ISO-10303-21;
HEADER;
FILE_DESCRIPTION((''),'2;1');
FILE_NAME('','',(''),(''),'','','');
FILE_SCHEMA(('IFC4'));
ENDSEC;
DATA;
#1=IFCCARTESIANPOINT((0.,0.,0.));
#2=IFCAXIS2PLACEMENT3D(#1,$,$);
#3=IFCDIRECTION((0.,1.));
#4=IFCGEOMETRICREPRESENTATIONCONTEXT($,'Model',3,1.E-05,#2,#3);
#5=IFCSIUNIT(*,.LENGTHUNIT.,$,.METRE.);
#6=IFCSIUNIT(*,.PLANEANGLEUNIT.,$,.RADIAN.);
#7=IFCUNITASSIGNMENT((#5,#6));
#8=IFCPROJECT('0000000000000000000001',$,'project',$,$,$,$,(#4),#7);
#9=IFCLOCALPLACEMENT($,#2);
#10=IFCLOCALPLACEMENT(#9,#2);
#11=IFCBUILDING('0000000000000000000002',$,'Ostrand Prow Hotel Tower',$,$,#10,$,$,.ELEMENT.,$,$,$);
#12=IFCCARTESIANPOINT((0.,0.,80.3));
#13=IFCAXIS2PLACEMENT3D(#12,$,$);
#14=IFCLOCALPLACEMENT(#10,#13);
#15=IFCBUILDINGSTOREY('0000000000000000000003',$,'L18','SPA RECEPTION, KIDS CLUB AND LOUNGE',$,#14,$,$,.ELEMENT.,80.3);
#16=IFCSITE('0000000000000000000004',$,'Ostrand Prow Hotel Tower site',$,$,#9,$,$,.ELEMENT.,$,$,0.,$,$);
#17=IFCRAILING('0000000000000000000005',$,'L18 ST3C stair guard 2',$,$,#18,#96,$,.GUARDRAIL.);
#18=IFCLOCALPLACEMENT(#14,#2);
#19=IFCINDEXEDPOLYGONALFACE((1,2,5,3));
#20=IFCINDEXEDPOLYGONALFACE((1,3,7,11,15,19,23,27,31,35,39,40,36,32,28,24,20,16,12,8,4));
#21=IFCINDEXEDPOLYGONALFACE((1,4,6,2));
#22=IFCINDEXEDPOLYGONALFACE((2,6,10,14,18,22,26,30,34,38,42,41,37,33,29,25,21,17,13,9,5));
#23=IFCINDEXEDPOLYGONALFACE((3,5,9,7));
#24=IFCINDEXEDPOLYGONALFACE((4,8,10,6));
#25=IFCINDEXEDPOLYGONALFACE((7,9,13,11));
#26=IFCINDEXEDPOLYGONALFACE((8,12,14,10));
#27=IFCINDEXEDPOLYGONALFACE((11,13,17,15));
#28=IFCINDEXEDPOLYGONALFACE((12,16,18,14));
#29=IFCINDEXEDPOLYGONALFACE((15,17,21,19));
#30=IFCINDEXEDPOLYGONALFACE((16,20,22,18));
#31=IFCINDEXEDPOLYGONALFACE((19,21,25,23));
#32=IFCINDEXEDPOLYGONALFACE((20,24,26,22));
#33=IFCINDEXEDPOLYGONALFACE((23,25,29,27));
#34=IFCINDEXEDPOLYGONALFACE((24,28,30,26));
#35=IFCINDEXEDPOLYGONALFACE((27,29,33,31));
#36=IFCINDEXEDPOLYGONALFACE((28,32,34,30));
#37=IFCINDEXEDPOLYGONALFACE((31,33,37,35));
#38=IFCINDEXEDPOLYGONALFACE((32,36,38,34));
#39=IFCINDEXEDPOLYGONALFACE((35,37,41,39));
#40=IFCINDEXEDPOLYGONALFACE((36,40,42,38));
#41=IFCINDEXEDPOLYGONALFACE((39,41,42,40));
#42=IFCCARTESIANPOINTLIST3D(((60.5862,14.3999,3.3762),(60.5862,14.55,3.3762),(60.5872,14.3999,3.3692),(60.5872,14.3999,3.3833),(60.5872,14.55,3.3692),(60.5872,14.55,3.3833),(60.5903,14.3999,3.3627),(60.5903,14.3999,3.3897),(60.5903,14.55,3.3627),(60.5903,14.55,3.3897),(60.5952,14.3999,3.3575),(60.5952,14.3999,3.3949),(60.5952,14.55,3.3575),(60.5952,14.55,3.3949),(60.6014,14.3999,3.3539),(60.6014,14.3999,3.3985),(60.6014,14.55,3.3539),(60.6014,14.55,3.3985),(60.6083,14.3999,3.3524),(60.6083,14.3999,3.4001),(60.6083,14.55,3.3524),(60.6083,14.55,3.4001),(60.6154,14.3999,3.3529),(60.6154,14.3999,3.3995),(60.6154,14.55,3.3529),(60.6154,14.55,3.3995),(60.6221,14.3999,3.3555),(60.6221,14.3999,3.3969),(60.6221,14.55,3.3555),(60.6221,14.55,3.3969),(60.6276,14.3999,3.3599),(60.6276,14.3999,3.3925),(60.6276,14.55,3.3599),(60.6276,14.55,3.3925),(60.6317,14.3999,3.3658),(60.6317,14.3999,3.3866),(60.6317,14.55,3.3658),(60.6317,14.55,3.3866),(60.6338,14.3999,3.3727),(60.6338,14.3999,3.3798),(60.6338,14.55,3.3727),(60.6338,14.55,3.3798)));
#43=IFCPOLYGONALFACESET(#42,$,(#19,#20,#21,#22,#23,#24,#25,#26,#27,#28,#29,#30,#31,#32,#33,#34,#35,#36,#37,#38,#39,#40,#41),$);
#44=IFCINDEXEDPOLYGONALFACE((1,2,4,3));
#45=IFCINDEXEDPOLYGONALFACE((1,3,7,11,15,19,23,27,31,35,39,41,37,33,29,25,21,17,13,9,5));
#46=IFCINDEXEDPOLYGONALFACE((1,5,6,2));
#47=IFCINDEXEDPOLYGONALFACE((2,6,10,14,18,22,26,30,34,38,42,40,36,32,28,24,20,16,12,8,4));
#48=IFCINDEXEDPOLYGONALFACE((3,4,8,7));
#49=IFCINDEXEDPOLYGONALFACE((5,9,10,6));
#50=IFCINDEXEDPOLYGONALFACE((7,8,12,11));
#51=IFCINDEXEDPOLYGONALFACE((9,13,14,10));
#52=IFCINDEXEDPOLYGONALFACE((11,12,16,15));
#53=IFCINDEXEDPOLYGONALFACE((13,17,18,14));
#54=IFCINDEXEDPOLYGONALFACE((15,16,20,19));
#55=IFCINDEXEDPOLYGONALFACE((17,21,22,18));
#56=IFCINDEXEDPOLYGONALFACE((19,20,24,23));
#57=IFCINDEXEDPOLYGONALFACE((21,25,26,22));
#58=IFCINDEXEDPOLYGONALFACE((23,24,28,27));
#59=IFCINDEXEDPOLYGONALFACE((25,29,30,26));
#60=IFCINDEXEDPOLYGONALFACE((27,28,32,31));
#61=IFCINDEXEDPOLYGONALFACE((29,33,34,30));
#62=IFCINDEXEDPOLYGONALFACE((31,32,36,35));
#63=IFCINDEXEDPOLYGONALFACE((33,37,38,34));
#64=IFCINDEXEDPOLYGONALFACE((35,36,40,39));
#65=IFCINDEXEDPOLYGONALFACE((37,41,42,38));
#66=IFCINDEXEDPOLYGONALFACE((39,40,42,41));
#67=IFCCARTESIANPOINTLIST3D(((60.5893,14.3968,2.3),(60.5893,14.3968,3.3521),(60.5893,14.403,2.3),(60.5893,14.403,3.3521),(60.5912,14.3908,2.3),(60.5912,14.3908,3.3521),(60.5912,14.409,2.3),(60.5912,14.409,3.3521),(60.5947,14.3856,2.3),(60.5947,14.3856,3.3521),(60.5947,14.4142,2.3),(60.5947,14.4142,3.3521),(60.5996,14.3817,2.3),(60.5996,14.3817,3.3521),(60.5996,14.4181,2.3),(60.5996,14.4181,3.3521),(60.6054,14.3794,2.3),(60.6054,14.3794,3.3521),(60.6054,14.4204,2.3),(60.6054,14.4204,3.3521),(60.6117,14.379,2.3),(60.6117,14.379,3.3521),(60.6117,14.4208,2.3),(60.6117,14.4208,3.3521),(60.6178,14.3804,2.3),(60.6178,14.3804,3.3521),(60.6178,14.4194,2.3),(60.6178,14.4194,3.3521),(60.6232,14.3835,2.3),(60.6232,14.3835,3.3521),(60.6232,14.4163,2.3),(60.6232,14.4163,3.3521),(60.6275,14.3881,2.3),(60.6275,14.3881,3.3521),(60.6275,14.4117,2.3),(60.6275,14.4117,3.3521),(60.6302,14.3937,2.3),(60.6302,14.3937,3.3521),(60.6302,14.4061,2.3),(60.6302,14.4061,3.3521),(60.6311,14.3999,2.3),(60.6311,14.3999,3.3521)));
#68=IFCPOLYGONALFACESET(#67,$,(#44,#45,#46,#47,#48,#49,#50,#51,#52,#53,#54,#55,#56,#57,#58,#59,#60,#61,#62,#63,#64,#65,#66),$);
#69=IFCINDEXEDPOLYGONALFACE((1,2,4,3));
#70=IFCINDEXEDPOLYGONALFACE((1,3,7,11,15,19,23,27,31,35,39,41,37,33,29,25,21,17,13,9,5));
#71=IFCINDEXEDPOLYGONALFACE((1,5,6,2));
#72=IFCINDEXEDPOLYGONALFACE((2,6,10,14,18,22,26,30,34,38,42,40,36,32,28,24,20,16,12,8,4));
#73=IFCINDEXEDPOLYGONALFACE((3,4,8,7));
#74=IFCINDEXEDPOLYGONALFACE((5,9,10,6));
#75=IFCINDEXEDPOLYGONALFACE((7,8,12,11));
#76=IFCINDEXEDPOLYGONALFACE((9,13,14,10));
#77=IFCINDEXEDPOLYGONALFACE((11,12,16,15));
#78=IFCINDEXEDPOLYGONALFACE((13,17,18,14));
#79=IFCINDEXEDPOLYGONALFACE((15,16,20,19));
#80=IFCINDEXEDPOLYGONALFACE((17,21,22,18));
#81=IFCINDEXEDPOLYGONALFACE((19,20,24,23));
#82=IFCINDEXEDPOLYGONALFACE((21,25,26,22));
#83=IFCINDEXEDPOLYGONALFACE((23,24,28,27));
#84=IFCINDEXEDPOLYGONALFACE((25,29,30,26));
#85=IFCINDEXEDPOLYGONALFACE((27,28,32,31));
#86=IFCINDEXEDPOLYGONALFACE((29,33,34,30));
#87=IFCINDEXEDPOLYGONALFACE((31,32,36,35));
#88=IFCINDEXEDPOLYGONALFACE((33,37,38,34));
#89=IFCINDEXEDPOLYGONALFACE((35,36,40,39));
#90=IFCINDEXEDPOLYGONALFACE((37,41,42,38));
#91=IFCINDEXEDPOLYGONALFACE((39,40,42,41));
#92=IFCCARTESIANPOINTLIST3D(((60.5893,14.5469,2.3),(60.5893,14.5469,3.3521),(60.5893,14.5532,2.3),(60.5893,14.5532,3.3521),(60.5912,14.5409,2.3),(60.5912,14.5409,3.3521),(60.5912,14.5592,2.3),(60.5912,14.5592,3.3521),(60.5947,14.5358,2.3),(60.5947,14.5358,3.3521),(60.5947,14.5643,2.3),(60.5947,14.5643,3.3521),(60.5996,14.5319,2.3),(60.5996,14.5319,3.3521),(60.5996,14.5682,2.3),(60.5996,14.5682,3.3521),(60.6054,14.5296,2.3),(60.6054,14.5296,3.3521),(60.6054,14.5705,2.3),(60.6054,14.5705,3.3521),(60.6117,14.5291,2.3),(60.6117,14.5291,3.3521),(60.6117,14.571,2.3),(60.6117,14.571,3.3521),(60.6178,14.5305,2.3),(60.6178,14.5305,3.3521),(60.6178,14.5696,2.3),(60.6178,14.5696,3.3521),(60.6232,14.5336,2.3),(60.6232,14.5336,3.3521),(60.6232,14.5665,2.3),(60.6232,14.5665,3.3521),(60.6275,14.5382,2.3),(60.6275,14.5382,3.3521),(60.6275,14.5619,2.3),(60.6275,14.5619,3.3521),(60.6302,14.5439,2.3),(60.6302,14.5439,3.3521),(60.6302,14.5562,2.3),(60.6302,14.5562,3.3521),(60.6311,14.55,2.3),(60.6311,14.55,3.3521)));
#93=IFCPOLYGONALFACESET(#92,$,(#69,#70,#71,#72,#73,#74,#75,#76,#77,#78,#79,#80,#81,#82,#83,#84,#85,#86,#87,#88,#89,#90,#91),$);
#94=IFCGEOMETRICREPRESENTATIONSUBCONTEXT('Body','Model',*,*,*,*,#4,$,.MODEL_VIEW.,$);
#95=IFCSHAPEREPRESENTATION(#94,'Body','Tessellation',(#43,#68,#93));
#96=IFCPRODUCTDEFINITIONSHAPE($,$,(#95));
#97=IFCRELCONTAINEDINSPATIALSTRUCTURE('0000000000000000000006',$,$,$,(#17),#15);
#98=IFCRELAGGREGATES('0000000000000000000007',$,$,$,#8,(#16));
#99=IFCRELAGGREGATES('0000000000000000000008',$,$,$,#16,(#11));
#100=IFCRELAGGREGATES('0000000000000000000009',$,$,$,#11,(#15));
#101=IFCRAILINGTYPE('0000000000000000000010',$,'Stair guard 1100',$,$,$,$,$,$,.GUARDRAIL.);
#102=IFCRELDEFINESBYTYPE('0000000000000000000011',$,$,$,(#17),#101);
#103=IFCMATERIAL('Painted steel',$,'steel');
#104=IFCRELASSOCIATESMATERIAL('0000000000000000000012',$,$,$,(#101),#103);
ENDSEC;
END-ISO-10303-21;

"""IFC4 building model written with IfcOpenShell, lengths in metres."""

from ifc_helpers import new_model, si_unit, direction, frame, origin, origin_2d, place, context, subcontext, project, spatial, circle, extrude, material, type_object, element, save


model = new_model("IFC4")

# Units and contexts
model_context = context("Model", 3, precision=1e-05, world=origin(), true_north=direction((0.0, 1.0)))
body_context = subcontext(model_context, "Body", "Model", "MODEL_VIEW")
ifc_project = project(units=[si_unit("LENGTHUNIT", "METRE"), si_unit("PLANEANGLEUNIT", "RADIAN")], contexts=[model_context])

# Site, building, storey
site_placement = place(None, origin())
site = spatial("IfcSite", under=ifc_project, at=site_placement, Name="Ostrand Prow Hotel Tower site", CompositionType="ELEMENT", RefElevation=0.0)
building_placement = place(site_placement, origin())
building = spatial("IfcBuilding", under=site, at=building_placement, Name="Ostrand Prow Hotel Tower", CompositionType="ELEMENT")
storey_placement = place(building_placement, frame((0.0, 0.0, 80.3)))
storey = spatial("IfcBuildingStorey", under=building, at=storey_placement, Name="L18", Description="SPA RECEPTION, KIDS CLUB AND LOUNGE", CompositionType="ELEMENT", Elevation=80.3)

# Railing
ifc_material_1 = material(Name="Painted steel", Category="steel")
railing_type_1 = type_object("IfcRailingType", Name="Stair guard 1100", PredefinedType="GUARDRAIL", material=ifc_material_1)
railing_1_placement = place(storey_placement, frame((60.6101, 14.3999, 2.3)))
element("IfcRailing", 1, at=railing_1_placement, inside=storey, type_object=railing_type_1, Name="L18 ST3C stair guard 2", PredefinedType="GUARDRAIL", context=body_context, shape_type="SweptSolid", body=[
    extrude(circle(Radius=0.0239, at=origin_2d()), frame((0.0, 0.0, 1.0762), z_axis=(0.0, 1.0, 0.0), x_axis=(-1.0, 0.0, 0.0)), (0.0, 0.0, 1.0), 0.1501),
    extrude(circle(Radius=0.021, at=origin_2d()), origin(), (0.0, 0.0, 1.0), 1.052),
    extrude(circle(Radius=0.021, at=origin_2d()), frame((0.0, 0.1501, 0.0)), (0.0, 0.0, 1.0), 1.052),
])

save(model, "model.ifc")
